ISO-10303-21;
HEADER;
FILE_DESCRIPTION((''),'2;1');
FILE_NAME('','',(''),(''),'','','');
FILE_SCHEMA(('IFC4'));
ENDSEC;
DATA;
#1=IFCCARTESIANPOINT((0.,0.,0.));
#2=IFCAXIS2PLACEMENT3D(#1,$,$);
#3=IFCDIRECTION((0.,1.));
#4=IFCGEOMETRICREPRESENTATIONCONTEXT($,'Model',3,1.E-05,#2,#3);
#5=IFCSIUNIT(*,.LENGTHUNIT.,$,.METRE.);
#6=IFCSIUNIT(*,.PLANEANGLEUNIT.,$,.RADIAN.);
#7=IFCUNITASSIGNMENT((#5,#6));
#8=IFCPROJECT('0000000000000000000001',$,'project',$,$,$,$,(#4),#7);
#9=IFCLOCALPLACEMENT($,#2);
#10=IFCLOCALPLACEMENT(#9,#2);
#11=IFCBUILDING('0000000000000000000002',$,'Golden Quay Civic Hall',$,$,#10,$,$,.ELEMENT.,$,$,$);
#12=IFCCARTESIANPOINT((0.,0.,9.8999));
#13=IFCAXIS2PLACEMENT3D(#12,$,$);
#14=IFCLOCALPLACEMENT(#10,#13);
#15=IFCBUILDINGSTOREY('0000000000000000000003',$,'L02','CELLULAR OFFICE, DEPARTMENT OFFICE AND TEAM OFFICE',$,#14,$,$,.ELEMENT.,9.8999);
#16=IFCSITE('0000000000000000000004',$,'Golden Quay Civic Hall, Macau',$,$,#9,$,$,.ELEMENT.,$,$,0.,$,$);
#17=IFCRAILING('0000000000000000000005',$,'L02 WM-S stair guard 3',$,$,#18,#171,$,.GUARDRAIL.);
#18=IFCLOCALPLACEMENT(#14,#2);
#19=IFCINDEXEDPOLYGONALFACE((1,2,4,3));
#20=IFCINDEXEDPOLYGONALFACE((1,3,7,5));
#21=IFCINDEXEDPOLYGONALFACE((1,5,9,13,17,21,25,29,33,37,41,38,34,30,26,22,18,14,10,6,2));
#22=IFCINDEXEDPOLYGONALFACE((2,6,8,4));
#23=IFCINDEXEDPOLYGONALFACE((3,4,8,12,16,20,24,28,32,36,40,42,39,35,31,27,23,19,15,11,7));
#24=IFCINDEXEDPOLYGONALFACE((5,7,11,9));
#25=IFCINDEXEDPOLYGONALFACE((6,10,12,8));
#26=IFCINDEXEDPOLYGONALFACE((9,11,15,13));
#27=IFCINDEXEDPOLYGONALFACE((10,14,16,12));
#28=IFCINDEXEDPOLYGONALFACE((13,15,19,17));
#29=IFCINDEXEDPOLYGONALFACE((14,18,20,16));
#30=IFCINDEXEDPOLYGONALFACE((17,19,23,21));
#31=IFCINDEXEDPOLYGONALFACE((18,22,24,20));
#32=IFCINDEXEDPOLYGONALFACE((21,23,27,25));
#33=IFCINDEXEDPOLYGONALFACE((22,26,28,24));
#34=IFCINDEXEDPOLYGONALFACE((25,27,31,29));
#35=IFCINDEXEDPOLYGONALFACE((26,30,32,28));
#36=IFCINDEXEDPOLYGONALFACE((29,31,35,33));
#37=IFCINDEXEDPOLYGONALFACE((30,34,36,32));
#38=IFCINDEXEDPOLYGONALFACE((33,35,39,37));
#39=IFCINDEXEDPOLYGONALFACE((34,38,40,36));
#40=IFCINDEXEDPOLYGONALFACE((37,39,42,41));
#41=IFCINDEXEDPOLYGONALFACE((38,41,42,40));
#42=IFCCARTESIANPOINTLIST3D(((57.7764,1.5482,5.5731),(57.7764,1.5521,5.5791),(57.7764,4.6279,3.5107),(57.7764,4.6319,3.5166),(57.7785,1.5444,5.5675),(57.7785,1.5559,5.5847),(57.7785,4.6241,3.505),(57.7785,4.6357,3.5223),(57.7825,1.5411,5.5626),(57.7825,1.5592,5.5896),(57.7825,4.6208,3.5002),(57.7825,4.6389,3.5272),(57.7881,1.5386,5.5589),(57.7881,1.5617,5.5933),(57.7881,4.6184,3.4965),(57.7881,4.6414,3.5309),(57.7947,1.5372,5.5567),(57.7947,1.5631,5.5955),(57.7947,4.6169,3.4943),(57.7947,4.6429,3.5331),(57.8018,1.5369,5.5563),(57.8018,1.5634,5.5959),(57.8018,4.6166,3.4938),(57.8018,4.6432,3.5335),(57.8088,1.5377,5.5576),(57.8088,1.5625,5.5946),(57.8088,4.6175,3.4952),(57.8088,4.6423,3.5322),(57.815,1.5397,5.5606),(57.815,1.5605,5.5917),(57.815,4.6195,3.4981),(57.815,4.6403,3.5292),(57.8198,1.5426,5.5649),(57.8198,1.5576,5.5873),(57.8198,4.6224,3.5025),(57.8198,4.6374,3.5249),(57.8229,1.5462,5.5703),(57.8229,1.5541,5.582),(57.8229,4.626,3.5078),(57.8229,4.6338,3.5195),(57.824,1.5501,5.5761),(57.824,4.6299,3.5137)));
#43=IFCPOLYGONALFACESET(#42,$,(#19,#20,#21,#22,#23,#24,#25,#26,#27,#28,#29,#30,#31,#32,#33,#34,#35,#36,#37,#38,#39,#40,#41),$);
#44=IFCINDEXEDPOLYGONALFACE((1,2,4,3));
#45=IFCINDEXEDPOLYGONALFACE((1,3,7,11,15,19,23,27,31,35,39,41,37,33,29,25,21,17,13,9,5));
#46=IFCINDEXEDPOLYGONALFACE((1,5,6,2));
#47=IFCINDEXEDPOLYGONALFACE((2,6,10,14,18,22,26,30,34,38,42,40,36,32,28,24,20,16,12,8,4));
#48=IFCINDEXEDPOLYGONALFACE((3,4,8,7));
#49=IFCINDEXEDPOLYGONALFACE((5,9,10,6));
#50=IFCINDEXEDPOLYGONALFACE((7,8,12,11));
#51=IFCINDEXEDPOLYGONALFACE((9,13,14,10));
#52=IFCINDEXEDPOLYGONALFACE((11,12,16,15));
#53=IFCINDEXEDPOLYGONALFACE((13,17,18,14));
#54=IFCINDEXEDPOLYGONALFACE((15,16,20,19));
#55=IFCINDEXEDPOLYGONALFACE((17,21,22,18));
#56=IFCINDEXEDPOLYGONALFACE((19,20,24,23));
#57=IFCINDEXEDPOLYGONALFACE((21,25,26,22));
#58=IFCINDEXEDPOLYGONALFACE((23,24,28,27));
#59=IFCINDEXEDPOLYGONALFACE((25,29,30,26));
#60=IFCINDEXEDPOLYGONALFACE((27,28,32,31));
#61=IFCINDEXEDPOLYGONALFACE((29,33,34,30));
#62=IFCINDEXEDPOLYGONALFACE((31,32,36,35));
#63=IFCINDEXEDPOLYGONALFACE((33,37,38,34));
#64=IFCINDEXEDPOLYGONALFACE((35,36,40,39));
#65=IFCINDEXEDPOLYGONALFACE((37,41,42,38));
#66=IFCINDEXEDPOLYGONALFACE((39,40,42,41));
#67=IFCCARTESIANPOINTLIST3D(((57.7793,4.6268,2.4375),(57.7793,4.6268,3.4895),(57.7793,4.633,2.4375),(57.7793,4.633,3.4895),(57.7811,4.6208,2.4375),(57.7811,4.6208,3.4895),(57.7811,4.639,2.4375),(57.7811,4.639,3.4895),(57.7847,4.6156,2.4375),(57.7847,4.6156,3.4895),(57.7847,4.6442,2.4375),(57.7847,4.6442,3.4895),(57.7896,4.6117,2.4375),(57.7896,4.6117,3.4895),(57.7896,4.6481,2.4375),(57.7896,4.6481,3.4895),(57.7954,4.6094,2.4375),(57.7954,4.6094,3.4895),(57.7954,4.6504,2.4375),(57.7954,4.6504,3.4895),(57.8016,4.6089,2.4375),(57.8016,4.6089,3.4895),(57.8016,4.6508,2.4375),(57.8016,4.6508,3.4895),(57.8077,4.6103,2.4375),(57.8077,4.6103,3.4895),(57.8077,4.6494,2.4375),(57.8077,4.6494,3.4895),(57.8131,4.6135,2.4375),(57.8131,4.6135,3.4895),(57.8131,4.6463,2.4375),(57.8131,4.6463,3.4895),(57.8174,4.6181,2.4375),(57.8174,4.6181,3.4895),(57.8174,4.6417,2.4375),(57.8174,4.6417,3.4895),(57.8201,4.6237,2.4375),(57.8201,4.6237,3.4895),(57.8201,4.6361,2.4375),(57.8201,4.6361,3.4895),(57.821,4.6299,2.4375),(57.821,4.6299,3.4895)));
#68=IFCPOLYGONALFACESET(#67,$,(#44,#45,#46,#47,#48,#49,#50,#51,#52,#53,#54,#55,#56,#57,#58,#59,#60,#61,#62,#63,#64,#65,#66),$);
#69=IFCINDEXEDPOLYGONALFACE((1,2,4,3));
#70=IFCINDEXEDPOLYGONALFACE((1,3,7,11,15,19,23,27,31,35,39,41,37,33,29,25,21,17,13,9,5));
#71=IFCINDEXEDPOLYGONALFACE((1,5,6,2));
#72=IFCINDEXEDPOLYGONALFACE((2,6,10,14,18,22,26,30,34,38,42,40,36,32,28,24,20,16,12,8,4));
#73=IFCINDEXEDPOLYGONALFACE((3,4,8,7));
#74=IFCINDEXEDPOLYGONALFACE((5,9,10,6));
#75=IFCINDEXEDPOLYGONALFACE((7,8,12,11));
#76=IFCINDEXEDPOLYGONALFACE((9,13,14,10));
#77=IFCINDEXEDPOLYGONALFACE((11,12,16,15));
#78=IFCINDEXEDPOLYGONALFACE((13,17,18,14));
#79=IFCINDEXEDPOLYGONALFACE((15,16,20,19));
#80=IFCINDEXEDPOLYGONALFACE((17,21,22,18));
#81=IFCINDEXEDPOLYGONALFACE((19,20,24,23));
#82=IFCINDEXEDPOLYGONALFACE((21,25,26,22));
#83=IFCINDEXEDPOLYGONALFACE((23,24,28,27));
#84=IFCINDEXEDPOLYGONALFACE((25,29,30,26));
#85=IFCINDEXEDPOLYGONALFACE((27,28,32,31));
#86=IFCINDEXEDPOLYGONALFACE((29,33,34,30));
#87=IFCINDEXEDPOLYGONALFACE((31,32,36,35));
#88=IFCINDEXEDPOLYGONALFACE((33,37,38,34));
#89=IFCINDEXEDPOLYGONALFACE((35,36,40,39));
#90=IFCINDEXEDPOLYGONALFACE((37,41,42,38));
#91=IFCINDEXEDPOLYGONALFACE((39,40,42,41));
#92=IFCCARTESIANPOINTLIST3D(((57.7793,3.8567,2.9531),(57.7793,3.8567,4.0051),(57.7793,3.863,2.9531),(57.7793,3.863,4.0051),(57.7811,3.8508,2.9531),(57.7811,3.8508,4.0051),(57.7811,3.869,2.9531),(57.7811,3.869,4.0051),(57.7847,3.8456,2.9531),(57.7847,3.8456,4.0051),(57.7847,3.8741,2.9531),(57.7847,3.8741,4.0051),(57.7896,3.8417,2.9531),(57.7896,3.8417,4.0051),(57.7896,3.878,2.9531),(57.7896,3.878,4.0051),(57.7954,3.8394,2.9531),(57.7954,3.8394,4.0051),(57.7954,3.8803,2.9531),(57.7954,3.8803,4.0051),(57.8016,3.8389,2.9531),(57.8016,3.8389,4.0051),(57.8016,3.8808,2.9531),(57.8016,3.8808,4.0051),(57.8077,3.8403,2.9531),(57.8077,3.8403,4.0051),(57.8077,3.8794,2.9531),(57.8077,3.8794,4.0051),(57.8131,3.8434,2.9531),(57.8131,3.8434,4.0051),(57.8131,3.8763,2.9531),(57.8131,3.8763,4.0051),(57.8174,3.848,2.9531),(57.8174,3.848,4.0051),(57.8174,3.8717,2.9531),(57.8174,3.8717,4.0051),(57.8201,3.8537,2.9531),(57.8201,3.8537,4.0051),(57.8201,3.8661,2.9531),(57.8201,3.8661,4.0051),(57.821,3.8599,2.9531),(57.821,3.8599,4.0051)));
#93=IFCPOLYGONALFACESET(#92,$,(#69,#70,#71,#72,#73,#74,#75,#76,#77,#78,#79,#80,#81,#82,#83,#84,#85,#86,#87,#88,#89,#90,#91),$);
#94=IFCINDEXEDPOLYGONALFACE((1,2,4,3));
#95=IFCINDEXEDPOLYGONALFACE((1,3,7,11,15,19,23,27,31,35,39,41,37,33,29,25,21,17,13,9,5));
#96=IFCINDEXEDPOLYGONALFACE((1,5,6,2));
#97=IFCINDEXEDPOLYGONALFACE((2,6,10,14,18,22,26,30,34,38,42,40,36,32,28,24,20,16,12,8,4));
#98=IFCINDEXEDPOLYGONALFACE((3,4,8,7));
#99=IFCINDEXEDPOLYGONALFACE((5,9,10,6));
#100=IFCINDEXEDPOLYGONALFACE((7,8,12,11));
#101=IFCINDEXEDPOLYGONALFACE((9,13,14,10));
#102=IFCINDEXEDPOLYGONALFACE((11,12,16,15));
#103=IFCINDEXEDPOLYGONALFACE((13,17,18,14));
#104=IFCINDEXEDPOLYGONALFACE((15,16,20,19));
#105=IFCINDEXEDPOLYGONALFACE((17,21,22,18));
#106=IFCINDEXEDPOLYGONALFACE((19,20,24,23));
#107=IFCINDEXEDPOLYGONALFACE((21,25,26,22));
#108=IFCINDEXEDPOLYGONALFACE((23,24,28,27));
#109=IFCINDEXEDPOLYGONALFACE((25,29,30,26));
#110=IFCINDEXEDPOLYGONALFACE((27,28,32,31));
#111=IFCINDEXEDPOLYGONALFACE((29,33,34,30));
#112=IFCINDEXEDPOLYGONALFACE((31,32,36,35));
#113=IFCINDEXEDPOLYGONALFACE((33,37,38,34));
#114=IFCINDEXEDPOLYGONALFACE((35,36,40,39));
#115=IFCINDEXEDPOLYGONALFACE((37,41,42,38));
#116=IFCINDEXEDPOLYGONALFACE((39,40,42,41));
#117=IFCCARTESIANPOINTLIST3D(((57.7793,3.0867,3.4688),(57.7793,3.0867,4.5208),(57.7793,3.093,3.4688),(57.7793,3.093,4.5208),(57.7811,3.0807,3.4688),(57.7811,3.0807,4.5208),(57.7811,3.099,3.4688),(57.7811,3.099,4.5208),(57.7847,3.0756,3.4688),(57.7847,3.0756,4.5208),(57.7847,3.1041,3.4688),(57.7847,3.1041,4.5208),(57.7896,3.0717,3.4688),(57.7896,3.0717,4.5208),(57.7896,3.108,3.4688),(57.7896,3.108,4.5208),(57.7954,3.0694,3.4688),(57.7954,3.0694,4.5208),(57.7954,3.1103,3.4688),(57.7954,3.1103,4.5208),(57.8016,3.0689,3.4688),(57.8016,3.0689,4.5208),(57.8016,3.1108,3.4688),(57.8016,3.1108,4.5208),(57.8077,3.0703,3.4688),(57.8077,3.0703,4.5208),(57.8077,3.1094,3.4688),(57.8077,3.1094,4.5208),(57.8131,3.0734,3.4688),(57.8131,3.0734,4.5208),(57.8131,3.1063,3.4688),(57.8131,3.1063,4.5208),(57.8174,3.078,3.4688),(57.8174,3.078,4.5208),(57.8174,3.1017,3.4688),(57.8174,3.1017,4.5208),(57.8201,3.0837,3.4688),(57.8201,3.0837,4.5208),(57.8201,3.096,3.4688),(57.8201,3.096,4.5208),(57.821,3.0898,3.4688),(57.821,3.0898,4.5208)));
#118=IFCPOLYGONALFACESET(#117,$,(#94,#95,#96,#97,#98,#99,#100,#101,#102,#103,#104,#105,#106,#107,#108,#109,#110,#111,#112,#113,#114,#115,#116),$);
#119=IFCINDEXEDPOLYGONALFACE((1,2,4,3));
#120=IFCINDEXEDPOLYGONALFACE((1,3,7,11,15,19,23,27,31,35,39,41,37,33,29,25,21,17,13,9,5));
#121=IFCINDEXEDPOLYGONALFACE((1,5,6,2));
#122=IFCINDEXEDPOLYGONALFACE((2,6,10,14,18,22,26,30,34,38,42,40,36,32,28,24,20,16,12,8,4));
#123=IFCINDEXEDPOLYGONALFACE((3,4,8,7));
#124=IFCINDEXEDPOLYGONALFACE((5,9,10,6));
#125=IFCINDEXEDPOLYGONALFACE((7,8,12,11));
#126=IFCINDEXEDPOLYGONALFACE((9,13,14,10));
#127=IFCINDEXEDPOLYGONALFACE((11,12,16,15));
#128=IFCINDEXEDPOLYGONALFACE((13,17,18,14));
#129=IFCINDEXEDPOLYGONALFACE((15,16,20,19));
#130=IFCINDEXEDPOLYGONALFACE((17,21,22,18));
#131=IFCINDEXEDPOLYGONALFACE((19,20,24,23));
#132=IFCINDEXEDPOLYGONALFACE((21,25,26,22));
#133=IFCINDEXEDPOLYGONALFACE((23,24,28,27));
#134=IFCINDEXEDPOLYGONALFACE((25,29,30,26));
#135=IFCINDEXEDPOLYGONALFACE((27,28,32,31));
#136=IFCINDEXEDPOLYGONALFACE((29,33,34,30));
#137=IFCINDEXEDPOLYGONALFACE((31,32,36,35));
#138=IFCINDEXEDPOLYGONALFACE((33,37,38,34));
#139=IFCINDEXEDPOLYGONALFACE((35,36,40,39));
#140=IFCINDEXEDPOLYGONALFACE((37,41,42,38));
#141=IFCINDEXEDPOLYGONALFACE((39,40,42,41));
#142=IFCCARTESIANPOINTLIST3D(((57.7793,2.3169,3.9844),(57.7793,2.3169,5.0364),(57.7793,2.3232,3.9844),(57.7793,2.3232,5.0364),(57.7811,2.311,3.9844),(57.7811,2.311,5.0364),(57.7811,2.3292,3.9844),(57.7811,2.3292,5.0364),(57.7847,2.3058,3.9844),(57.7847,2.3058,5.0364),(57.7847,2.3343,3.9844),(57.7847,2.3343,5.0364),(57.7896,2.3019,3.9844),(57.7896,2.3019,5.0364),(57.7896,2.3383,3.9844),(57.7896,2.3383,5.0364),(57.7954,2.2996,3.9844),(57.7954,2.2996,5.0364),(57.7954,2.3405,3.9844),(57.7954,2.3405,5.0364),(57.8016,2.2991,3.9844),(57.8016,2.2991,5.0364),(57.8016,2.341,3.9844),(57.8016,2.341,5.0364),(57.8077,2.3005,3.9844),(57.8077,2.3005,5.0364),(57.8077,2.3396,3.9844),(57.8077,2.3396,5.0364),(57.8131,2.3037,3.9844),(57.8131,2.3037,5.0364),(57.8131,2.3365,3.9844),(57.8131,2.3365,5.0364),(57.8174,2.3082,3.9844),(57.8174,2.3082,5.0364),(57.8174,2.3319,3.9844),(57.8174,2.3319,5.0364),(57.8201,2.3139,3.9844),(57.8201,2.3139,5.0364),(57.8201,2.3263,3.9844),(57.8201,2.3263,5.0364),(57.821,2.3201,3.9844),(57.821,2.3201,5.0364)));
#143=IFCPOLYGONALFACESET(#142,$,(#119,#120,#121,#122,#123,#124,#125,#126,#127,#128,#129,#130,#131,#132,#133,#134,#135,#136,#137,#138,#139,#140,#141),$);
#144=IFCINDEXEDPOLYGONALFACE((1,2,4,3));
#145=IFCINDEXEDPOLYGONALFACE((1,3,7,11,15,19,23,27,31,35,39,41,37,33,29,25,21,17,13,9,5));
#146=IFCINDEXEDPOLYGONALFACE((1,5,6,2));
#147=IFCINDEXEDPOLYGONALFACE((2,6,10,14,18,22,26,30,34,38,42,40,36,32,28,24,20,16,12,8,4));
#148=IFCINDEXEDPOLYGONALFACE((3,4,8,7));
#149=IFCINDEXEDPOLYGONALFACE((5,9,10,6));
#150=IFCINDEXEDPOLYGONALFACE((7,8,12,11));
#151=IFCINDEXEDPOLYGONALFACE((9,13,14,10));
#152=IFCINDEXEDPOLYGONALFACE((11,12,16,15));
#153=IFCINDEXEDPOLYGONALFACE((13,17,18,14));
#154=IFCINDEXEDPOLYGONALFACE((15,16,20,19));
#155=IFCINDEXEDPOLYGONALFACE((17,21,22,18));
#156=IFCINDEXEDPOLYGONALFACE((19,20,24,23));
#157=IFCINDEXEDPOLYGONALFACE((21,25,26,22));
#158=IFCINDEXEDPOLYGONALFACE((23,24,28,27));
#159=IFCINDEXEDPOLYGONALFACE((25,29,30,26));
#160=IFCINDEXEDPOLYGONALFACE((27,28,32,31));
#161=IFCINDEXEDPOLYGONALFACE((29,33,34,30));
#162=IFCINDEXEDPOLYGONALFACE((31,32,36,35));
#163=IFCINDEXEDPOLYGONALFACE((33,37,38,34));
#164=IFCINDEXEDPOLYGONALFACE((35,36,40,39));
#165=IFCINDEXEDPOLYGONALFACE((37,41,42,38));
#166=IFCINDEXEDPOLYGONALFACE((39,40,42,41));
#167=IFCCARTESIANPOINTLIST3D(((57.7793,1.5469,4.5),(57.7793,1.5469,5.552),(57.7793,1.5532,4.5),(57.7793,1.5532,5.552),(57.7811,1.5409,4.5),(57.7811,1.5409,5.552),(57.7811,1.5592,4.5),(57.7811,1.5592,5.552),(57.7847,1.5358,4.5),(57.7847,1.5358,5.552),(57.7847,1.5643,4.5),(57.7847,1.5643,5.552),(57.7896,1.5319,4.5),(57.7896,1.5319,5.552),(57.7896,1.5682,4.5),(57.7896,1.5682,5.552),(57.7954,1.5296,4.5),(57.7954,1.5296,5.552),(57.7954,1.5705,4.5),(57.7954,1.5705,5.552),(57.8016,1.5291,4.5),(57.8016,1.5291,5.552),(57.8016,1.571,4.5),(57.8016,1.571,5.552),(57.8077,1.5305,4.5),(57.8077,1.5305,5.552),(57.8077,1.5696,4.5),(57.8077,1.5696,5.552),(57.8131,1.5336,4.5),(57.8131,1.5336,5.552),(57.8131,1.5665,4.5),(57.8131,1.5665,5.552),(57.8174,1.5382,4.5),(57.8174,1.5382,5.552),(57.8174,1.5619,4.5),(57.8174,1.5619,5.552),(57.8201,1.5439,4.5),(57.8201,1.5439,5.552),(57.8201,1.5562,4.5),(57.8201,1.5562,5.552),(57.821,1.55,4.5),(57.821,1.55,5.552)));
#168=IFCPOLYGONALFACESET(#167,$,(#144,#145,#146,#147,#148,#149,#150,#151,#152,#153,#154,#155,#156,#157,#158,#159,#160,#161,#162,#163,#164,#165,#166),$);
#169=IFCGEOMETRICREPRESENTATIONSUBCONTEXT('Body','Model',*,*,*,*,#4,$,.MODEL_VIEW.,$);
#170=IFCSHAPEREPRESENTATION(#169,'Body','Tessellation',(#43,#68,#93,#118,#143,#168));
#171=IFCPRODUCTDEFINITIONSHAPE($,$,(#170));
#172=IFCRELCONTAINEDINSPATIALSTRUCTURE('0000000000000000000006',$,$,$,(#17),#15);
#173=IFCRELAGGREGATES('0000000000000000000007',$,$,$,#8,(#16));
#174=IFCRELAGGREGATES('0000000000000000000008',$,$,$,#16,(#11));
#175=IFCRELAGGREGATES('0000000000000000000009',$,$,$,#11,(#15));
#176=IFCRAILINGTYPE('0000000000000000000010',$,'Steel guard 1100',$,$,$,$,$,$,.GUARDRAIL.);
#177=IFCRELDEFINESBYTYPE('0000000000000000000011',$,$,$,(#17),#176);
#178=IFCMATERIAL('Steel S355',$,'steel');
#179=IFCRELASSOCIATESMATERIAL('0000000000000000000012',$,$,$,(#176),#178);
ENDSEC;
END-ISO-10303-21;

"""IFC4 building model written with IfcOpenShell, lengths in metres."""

from ifc_helpers import new_model, si_unit, direction, frame, origin, origin_2d, place, context, subcontext, project, spatial, circle, extrude, material, type_object, element, save


model = new_model("IFC4")

# Units and contexts
model_context = context("Model", 3, precision=1e-05, world=origin(), true_north=direction((0.0, 1.0)))
body_context = subcontext(model_context, "Body", "Model", "MODEL_VIEW")
ifc_project = project(units=[si_unit("LENGTHUNIT", "METRE"), si_unit("PLANEANGLEUNIT", "RADIAN")], contexts=[model_context])

# Site, building, storey
site_placement = place(None, origin())
site = spatial("IfcSite", under=ifc_project, at=site_placement, Name="Golden Quay Civic Hall, Macau", CompositionType="ELEMENT", RefElevation=0.0)
building_placement = place(site_placement, origin())
building = spatial("IfcBuilding", under=site, at=building_placement, Name="Golden Quay Civic Hall", CompositionType="ELEMENT")
storey_placement = place(building_placement, frame((0.0, 0.0, 9.8999)))
storey = spatial("IfcBuildingStorey", under=building, at=storey_placement, Name="L02", Description="CELLULAR OFFICE, DEPARTMENT OFFICE AND TEAM OFFICE", CompositionType="ELEMENT", Elevation=9.8999)

# Railing
ifc_material_1 = material(Name="Steel S355", Category="steel")
railing_type_1 = type_object("IfcRailingType", Name="Steel guard 1100", PredefinedType="GUARDRAIL", material=ifc_material_1)
railing_1_placement = place(storey_placement, frame((57.8, 4.6299, 2.4375)))
element("IfcRailing", 1, at=railing_1_placement, inside=storey, type_object=railing_type_1, Name="L02 WM-S stair guard 3", PredefinedType="GUARDRAIL", context=body_context, shape_type="SweptSolid", body=[
    extrude(circle(Radius=0.0239, at=origin_2d()), frame((0.0, 0.0, 1.0762), z_axis=(0.0, -0.830893, 0.556432), x_axis=(1.0, 0.0, 0.0)), (0.0, 0.0, 1.0), 3.7065),
    extrude(circle(Radius=0.021, at=origin_2d()), origin(), (0.0, 0.0, 1.0), 1.052),
    extrude(circle(Radius=0.021, at=origin_2d()), frame((0.0, -0.77, 0.5156)), (0.0, 0.0, 1.0), 1.052),
    extrude(circle(Radius=0.021, at=origin_2d()), frame((0.0, -1.54, 1.0312)), (0.0, 0.0, 1.0), 1.052),
    extrude(circle(Radius=0.021, at=origin_2d()), frame((0.0, -2.3098, 1.5469)), (0.0, 0.0, 1.0), 1.052),
    extrude(circle(Radius=0.021, at=origin_2d()), frame((0.0, -3.0798, 2.0625)), (0.0, 0.0, 1.0), 1.052),
])

save(model, "model.ifc")
